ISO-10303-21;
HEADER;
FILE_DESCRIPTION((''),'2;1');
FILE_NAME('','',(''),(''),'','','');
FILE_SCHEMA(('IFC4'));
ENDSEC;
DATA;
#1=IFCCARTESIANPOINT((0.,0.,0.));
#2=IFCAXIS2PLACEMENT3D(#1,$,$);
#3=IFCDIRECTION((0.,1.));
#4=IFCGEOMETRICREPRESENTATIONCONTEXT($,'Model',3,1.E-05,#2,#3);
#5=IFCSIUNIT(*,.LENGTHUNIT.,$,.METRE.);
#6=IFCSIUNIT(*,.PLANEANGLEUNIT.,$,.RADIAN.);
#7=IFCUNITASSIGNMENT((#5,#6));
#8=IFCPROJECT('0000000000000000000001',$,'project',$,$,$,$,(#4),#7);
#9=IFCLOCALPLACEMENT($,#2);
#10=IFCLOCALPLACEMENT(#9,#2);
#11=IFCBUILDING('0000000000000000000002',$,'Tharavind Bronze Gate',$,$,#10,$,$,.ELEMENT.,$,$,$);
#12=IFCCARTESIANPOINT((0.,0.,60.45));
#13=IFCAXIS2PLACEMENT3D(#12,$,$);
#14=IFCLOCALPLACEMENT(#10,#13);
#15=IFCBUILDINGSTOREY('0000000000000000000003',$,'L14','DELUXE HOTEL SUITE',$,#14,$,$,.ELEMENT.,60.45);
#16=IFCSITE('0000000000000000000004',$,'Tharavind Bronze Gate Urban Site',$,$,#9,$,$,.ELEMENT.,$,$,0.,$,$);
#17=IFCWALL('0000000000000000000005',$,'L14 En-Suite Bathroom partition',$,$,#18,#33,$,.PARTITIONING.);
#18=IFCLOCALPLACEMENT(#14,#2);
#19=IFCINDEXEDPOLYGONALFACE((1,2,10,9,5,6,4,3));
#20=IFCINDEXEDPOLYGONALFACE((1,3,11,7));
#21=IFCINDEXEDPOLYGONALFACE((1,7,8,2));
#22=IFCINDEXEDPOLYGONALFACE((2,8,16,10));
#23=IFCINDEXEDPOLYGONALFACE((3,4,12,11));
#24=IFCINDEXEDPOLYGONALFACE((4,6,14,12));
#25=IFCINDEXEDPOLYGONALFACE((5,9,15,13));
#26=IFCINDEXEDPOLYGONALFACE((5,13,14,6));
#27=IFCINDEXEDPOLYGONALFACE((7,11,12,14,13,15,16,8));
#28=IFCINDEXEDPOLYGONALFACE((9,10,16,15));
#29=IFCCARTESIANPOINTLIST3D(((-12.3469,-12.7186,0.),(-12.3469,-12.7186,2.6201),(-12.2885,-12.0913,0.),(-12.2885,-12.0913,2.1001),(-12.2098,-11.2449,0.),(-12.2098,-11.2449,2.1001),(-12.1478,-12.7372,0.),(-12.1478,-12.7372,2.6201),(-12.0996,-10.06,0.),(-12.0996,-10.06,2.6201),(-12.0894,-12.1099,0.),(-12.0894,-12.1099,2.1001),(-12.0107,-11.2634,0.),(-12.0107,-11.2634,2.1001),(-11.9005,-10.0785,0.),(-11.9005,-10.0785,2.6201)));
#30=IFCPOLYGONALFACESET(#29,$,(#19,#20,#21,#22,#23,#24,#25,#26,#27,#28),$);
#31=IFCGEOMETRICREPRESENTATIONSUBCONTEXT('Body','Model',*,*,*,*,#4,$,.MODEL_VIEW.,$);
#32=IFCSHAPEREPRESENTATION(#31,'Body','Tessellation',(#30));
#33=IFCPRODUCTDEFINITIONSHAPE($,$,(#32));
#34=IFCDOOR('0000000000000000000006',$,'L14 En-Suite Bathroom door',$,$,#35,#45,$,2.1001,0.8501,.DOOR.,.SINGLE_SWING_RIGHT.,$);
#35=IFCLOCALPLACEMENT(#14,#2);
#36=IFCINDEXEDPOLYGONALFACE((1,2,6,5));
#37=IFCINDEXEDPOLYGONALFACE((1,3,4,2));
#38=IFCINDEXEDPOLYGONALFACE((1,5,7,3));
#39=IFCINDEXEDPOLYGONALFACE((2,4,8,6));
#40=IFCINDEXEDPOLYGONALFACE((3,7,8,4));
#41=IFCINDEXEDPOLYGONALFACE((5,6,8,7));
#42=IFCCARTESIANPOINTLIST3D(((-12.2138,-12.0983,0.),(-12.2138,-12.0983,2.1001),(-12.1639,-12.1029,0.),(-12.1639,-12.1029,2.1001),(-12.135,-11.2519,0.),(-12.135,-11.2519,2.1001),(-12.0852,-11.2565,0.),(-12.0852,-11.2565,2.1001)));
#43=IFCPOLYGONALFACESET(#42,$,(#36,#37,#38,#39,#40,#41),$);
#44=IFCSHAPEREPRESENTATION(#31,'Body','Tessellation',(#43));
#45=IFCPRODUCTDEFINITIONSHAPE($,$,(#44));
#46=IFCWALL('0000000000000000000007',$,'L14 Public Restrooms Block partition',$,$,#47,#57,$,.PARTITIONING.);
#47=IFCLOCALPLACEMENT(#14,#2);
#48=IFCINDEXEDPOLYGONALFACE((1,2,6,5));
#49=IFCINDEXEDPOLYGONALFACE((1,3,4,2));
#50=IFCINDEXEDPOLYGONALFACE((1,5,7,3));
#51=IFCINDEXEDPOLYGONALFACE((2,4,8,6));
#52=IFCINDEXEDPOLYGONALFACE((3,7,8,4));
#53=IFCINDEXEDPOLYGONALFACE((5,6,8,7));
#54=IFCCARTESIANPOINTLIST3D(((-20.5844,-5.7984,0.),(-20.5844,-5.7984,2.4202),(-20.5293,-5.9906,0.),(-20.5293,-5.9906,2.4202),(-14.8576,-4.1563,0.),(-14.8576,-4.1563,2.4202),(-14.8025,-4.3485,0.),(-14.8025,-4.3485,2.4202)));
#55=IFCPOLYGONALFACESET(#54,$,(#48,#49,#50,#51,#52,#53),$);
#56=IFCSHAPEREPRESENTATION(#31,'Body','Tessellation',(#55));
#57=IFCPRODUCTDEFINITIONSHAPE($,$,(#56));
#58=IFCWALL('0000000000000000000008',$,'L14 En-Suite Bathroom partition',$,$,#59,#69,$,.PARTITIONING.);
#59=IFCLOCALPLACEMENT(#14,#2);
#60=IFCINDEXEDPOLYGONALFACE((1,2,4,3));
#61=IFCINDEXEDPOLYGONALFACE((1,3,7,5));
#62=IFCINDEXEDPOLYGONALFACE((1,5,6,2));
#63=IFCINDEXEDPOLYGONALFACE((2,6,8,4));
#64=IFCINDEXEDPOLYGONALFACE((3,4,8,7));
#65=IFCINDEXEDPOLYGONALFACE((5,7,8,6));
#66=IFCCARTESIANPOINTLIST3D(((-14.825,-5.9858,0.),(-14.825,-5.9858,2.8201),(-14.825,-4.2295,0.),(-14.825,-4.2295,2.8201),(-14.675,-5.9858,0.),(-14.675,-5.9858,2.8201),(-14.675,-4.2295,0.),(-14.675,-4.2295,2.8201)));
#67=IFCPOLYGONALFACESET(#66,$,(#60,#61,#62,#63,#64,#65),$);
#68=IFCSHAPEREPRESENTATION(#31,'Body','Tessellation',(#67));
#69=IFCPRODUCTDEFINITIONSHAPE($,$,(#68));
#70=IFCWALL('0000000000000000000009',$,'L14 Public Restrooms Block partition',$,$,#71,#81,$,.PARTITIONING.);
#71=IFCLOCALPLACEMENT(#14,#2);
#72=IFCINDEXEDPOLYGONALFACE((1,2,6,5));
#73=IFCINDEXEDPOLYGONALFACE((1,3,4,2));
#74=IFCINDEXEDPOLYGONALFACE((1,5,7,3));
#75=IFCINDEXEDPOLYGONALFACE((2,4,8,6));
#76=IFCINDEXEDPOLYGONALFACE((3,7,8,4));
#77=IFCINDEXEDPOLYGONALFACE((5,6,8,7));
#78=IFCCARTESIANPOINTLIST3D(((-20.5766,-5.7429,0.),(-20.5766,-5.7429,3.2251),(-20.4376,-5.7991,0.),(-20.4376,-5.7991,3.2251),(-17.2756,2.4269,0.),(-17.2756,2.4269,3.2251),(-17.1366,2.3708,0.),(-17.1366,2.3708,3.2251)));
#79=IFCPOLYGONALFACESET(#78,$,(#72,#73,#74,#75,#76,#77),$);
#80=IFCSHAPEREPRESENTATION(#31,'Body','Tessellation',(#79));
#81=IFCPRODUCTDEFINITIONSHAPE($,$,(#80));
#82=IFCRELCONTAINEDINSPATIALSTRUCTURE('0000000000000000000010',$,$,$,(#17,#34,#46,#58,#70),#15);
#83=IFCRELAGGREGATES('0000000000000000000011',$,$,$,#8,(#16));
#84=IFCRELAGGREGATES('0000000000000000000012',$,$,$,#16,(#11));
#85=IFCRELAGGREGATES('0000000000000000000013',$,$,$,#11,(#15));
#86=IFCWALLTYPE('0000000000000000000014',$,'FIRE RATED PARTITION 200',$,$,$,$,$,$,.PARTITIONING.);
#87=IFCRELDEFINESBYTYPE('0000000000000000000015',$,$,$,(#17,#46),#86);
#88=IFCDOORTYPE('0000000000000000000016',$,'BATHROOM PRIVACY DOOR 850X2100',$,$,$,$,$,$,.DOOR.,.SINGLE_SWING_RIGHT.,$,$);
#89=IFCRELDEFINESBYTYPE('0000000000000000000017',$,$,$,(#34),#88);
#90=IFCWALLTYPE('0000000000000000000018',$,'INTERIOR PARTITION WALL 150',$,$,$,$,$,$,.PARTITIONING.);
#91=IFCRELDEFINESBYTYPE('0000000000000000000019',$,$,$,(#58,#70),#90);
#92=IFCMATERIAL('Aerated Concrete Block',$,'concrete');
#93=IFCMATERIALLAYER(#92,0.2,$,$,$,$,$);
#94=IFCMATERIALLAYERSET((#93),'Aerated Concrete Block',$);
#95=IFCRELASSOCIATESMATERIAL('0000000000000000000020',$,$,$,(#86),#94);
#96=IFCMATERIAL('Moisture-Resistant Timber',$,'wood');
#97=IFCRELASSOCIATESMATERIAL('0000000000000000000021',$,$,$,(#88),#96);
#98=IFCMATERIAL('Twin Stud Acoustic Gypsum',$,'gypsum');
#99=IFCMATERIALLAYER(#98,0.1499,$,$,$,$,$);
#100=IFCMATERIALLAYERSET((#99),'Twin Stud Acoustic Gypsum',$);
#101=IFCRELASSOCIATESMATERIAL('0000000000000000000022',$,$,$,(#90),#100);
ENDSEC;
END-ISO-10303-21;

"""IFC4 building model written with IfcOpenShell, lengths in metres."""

from ifc_helpers import new_model, si_unit, direction, frame, frame_2d, origin, place, context, subcontext, project, spatial, rectangle, extrude, material, layer, layer_set, type_object, element, fill, save


model = new_model("IFC4")

# Units and contexts
model_context = context("Model", 3, precision=1e-05, world=origin(), true_north=direction((0.0, 1.0)))
body_context = subcontext(model_context, "Body", "Model", "MODEL_VIEW")
ifc_project = project(units=[si_unit("LENGTHUNIT", "METRE"), si_unit("PLANEANGLEUNIT", "RADIAN")], contexts=[model_context])

# Site, building, storey
site_placement = place(None, origin())
site = spatial("IfcSite", under=ifc_project, at=site_placement, Name="Tharavind Bronze Gate Urban Site", CompositionType="ELEMENT", RefElevation=0.0)
building_placement = place(site_placement, origin())
building = spatial("IfcBuilding", under=site, at=building_placement, Name="Tharavind Bronze Gate", CompositionType="ELEMENT")
storey_placement = place(building_placement, frame((0.0, 0.0, 60.45)))
storey = spatial("IfcBuildingStorey", under=building, at=storey_placement, Name="L14", Description="DELUXE HOTEL SUITE", CompositionType="ELEMENT", Elevation=60.45)

# Shared definitions
ifc_material_1 = material(Name="Aerated Concrete Block", Category="concrete")
ifc_layer_1 = layer(ifc_material_1, 0.2)
ifc_layer_set_1 = layer_set([ifc_layer_1], Name="Aerated Concrete Block")
wall_type_1 = type_object("IfcWallType", Name="FIRE RATED PARTITION 200", PredefinedType="PARTITIONING", material=ifc_layer_set_1)

# Wall, opening, door
wall_1_placement = place(storey_placement, frame((-12.2473, -12.7278, 0.0), z_axis=(0.0, 0.0, 1.0), x_axis=(0.092621, 0.995701, 0.0)))
wall_1 = element("IfcWall", 1, at=wall_1_placement, inside=storey, type_object=wall_type_1, Name="L14 En-Suite Bathroom partition", PredefinedType="PARTITIONING", context=body_context, shape_type="SweptSolid", body=[
    extrude(rectangle(XDim=2.6702, YDim=0.2, at=frame_2d((1.335, 0.0))), origin(), (0.0, 0.0, 1.0), 2.6201),
])
opening_placement = place(wall_1_placement, frame((0.6299, 0.0, 0.0)))
opening = element("IfcOpeningElement", 2, at=opening_placement, cuts=wall_1, PredefinedType="OPENING", context=body_context, shape_type="SweptSolid", body=[
    extrude(rectangle(XDim=0.8501, YDim=2.1001, at=frame_2d((0.425, 1.05))), frame((0.0, 0.1101, 0.0), z_axis=(0.0, -1.0, 0.0), x_axis=(1.0, 0.0, 0.0)), (0.0, 0.0, 1.0), 0.22),
])
ifc_material_2 = material(Name="Moisture-Resistant Timber", Category="wood")
door_type = type_object("IfcDoorType", Name="BATHROOM PRIVACY DOOR 850X2100", OperationType="SINGLE_SWING_RIGHT", PredefinedType="DOOR", material=ifc_material_2)
door_placement = place(opening_placement, origin())
door = element("IfcDoor", 3, at=door_placement, inside=storey, type_object=door_type, Name="L14 En-Suite Bathroom door", OperationType="SINGLE_SWING_RIGHT", OverallHeight=2.1001, OverallWidth=0.8501, PredefinedType="DOOR", context=body_context, shape_type="SweptSolid", body=[
    extrude(rectangle(XDim=0.8501, YDim=2.1001, at=frame_2d((0.425, 1.05))), frame((0.0, 0.0249, 0.0), z_axis=(0.0, -1.0, 0.0), x_axis=(1.0, 0.0, 0.0)), (0.0, 0.0, 1.0), 0.05),
])
fill(opening, door)

# Walls
wall_2_placement = place(storey_placement, frame((-14.8301, -4.2524, 0.0), z_axis=(0.0, 0.0, 1.0), x_axis=(-0.961264, -0.27563, 0.0)))
element("IfcWall", 4, at=wall_2_placement, inside=storey, type_object=wall_type_1, Name="L14 Public Restrooms Block partition", PredefinedType="PARTITIONING", context=body_context, shape_type="SweptSolid", body=[
    extrude(rectangle(XDim=5.9575, YDim=0.2, at=frame_2d((2.9788, 0.0))), origin(), (0.0, 0.0, 1.0), 2.4202),
])
ifc_material_3 = material(Name="Twin Stud Acoustic Gypsum", Category="gypsum")
ifc_layer_2 = layer(ifc_material_3, 0.1499)
ifc_layer_set_2 = layer_set([ifc_layer_2], Name="Twin Stud Acoustic Gypsum")
wall_type_2 = type_object("IfcWallType", Name="INTERIOR PARTITION WALL 150", PredefinedType="PARTITIONING", material=ifc_layer_set_2)
wall_3_placement = place(storey_placement, frame((-14.75, -5.9858, 0.0), z_axis=(0.0, 0.0, 1.0), x_axis=(0.0, 1.0, 0.0)))
element("IfcWall", 5, at=wall_3_placement, inside=storey, type_object=wall_type_2, Name="L14 En-Suite Bathroom partition", PredefinedType="PARTITIONING", context=body_context, shape_type="SweptSolid", body=[
    extrude(rectangle(XDim=1.7563, YDim=0.1499, at=frame_2d((0.8782, 0.0))), origin(), (0.0, 0.0, 1.0), 2.8201),
])
wall_4_placement = place(storey_placement, frame((-20.5071, -5.771, 0.0), z_axis=(0.0, 0.0, 1.0), x_axis=(0.374622, 0.927177, 0.0)))
element("IfcWall", 6, at=wall_4_placement, inside=storey, type_object=wall_type_2, Name="L14 Public Restrooms Block partition", PredefinedType="PARTITIONING", context=body_context, shape_type="SweptSolid", body=[
    extrude(rectangle(XDim=8.8115, YDim=0.1499, at=frame_2d((4.4058, 0.0))), origin(), (0.0, 0.0, 1.0), 3.2251),
])

save(model, "model.ifc")
